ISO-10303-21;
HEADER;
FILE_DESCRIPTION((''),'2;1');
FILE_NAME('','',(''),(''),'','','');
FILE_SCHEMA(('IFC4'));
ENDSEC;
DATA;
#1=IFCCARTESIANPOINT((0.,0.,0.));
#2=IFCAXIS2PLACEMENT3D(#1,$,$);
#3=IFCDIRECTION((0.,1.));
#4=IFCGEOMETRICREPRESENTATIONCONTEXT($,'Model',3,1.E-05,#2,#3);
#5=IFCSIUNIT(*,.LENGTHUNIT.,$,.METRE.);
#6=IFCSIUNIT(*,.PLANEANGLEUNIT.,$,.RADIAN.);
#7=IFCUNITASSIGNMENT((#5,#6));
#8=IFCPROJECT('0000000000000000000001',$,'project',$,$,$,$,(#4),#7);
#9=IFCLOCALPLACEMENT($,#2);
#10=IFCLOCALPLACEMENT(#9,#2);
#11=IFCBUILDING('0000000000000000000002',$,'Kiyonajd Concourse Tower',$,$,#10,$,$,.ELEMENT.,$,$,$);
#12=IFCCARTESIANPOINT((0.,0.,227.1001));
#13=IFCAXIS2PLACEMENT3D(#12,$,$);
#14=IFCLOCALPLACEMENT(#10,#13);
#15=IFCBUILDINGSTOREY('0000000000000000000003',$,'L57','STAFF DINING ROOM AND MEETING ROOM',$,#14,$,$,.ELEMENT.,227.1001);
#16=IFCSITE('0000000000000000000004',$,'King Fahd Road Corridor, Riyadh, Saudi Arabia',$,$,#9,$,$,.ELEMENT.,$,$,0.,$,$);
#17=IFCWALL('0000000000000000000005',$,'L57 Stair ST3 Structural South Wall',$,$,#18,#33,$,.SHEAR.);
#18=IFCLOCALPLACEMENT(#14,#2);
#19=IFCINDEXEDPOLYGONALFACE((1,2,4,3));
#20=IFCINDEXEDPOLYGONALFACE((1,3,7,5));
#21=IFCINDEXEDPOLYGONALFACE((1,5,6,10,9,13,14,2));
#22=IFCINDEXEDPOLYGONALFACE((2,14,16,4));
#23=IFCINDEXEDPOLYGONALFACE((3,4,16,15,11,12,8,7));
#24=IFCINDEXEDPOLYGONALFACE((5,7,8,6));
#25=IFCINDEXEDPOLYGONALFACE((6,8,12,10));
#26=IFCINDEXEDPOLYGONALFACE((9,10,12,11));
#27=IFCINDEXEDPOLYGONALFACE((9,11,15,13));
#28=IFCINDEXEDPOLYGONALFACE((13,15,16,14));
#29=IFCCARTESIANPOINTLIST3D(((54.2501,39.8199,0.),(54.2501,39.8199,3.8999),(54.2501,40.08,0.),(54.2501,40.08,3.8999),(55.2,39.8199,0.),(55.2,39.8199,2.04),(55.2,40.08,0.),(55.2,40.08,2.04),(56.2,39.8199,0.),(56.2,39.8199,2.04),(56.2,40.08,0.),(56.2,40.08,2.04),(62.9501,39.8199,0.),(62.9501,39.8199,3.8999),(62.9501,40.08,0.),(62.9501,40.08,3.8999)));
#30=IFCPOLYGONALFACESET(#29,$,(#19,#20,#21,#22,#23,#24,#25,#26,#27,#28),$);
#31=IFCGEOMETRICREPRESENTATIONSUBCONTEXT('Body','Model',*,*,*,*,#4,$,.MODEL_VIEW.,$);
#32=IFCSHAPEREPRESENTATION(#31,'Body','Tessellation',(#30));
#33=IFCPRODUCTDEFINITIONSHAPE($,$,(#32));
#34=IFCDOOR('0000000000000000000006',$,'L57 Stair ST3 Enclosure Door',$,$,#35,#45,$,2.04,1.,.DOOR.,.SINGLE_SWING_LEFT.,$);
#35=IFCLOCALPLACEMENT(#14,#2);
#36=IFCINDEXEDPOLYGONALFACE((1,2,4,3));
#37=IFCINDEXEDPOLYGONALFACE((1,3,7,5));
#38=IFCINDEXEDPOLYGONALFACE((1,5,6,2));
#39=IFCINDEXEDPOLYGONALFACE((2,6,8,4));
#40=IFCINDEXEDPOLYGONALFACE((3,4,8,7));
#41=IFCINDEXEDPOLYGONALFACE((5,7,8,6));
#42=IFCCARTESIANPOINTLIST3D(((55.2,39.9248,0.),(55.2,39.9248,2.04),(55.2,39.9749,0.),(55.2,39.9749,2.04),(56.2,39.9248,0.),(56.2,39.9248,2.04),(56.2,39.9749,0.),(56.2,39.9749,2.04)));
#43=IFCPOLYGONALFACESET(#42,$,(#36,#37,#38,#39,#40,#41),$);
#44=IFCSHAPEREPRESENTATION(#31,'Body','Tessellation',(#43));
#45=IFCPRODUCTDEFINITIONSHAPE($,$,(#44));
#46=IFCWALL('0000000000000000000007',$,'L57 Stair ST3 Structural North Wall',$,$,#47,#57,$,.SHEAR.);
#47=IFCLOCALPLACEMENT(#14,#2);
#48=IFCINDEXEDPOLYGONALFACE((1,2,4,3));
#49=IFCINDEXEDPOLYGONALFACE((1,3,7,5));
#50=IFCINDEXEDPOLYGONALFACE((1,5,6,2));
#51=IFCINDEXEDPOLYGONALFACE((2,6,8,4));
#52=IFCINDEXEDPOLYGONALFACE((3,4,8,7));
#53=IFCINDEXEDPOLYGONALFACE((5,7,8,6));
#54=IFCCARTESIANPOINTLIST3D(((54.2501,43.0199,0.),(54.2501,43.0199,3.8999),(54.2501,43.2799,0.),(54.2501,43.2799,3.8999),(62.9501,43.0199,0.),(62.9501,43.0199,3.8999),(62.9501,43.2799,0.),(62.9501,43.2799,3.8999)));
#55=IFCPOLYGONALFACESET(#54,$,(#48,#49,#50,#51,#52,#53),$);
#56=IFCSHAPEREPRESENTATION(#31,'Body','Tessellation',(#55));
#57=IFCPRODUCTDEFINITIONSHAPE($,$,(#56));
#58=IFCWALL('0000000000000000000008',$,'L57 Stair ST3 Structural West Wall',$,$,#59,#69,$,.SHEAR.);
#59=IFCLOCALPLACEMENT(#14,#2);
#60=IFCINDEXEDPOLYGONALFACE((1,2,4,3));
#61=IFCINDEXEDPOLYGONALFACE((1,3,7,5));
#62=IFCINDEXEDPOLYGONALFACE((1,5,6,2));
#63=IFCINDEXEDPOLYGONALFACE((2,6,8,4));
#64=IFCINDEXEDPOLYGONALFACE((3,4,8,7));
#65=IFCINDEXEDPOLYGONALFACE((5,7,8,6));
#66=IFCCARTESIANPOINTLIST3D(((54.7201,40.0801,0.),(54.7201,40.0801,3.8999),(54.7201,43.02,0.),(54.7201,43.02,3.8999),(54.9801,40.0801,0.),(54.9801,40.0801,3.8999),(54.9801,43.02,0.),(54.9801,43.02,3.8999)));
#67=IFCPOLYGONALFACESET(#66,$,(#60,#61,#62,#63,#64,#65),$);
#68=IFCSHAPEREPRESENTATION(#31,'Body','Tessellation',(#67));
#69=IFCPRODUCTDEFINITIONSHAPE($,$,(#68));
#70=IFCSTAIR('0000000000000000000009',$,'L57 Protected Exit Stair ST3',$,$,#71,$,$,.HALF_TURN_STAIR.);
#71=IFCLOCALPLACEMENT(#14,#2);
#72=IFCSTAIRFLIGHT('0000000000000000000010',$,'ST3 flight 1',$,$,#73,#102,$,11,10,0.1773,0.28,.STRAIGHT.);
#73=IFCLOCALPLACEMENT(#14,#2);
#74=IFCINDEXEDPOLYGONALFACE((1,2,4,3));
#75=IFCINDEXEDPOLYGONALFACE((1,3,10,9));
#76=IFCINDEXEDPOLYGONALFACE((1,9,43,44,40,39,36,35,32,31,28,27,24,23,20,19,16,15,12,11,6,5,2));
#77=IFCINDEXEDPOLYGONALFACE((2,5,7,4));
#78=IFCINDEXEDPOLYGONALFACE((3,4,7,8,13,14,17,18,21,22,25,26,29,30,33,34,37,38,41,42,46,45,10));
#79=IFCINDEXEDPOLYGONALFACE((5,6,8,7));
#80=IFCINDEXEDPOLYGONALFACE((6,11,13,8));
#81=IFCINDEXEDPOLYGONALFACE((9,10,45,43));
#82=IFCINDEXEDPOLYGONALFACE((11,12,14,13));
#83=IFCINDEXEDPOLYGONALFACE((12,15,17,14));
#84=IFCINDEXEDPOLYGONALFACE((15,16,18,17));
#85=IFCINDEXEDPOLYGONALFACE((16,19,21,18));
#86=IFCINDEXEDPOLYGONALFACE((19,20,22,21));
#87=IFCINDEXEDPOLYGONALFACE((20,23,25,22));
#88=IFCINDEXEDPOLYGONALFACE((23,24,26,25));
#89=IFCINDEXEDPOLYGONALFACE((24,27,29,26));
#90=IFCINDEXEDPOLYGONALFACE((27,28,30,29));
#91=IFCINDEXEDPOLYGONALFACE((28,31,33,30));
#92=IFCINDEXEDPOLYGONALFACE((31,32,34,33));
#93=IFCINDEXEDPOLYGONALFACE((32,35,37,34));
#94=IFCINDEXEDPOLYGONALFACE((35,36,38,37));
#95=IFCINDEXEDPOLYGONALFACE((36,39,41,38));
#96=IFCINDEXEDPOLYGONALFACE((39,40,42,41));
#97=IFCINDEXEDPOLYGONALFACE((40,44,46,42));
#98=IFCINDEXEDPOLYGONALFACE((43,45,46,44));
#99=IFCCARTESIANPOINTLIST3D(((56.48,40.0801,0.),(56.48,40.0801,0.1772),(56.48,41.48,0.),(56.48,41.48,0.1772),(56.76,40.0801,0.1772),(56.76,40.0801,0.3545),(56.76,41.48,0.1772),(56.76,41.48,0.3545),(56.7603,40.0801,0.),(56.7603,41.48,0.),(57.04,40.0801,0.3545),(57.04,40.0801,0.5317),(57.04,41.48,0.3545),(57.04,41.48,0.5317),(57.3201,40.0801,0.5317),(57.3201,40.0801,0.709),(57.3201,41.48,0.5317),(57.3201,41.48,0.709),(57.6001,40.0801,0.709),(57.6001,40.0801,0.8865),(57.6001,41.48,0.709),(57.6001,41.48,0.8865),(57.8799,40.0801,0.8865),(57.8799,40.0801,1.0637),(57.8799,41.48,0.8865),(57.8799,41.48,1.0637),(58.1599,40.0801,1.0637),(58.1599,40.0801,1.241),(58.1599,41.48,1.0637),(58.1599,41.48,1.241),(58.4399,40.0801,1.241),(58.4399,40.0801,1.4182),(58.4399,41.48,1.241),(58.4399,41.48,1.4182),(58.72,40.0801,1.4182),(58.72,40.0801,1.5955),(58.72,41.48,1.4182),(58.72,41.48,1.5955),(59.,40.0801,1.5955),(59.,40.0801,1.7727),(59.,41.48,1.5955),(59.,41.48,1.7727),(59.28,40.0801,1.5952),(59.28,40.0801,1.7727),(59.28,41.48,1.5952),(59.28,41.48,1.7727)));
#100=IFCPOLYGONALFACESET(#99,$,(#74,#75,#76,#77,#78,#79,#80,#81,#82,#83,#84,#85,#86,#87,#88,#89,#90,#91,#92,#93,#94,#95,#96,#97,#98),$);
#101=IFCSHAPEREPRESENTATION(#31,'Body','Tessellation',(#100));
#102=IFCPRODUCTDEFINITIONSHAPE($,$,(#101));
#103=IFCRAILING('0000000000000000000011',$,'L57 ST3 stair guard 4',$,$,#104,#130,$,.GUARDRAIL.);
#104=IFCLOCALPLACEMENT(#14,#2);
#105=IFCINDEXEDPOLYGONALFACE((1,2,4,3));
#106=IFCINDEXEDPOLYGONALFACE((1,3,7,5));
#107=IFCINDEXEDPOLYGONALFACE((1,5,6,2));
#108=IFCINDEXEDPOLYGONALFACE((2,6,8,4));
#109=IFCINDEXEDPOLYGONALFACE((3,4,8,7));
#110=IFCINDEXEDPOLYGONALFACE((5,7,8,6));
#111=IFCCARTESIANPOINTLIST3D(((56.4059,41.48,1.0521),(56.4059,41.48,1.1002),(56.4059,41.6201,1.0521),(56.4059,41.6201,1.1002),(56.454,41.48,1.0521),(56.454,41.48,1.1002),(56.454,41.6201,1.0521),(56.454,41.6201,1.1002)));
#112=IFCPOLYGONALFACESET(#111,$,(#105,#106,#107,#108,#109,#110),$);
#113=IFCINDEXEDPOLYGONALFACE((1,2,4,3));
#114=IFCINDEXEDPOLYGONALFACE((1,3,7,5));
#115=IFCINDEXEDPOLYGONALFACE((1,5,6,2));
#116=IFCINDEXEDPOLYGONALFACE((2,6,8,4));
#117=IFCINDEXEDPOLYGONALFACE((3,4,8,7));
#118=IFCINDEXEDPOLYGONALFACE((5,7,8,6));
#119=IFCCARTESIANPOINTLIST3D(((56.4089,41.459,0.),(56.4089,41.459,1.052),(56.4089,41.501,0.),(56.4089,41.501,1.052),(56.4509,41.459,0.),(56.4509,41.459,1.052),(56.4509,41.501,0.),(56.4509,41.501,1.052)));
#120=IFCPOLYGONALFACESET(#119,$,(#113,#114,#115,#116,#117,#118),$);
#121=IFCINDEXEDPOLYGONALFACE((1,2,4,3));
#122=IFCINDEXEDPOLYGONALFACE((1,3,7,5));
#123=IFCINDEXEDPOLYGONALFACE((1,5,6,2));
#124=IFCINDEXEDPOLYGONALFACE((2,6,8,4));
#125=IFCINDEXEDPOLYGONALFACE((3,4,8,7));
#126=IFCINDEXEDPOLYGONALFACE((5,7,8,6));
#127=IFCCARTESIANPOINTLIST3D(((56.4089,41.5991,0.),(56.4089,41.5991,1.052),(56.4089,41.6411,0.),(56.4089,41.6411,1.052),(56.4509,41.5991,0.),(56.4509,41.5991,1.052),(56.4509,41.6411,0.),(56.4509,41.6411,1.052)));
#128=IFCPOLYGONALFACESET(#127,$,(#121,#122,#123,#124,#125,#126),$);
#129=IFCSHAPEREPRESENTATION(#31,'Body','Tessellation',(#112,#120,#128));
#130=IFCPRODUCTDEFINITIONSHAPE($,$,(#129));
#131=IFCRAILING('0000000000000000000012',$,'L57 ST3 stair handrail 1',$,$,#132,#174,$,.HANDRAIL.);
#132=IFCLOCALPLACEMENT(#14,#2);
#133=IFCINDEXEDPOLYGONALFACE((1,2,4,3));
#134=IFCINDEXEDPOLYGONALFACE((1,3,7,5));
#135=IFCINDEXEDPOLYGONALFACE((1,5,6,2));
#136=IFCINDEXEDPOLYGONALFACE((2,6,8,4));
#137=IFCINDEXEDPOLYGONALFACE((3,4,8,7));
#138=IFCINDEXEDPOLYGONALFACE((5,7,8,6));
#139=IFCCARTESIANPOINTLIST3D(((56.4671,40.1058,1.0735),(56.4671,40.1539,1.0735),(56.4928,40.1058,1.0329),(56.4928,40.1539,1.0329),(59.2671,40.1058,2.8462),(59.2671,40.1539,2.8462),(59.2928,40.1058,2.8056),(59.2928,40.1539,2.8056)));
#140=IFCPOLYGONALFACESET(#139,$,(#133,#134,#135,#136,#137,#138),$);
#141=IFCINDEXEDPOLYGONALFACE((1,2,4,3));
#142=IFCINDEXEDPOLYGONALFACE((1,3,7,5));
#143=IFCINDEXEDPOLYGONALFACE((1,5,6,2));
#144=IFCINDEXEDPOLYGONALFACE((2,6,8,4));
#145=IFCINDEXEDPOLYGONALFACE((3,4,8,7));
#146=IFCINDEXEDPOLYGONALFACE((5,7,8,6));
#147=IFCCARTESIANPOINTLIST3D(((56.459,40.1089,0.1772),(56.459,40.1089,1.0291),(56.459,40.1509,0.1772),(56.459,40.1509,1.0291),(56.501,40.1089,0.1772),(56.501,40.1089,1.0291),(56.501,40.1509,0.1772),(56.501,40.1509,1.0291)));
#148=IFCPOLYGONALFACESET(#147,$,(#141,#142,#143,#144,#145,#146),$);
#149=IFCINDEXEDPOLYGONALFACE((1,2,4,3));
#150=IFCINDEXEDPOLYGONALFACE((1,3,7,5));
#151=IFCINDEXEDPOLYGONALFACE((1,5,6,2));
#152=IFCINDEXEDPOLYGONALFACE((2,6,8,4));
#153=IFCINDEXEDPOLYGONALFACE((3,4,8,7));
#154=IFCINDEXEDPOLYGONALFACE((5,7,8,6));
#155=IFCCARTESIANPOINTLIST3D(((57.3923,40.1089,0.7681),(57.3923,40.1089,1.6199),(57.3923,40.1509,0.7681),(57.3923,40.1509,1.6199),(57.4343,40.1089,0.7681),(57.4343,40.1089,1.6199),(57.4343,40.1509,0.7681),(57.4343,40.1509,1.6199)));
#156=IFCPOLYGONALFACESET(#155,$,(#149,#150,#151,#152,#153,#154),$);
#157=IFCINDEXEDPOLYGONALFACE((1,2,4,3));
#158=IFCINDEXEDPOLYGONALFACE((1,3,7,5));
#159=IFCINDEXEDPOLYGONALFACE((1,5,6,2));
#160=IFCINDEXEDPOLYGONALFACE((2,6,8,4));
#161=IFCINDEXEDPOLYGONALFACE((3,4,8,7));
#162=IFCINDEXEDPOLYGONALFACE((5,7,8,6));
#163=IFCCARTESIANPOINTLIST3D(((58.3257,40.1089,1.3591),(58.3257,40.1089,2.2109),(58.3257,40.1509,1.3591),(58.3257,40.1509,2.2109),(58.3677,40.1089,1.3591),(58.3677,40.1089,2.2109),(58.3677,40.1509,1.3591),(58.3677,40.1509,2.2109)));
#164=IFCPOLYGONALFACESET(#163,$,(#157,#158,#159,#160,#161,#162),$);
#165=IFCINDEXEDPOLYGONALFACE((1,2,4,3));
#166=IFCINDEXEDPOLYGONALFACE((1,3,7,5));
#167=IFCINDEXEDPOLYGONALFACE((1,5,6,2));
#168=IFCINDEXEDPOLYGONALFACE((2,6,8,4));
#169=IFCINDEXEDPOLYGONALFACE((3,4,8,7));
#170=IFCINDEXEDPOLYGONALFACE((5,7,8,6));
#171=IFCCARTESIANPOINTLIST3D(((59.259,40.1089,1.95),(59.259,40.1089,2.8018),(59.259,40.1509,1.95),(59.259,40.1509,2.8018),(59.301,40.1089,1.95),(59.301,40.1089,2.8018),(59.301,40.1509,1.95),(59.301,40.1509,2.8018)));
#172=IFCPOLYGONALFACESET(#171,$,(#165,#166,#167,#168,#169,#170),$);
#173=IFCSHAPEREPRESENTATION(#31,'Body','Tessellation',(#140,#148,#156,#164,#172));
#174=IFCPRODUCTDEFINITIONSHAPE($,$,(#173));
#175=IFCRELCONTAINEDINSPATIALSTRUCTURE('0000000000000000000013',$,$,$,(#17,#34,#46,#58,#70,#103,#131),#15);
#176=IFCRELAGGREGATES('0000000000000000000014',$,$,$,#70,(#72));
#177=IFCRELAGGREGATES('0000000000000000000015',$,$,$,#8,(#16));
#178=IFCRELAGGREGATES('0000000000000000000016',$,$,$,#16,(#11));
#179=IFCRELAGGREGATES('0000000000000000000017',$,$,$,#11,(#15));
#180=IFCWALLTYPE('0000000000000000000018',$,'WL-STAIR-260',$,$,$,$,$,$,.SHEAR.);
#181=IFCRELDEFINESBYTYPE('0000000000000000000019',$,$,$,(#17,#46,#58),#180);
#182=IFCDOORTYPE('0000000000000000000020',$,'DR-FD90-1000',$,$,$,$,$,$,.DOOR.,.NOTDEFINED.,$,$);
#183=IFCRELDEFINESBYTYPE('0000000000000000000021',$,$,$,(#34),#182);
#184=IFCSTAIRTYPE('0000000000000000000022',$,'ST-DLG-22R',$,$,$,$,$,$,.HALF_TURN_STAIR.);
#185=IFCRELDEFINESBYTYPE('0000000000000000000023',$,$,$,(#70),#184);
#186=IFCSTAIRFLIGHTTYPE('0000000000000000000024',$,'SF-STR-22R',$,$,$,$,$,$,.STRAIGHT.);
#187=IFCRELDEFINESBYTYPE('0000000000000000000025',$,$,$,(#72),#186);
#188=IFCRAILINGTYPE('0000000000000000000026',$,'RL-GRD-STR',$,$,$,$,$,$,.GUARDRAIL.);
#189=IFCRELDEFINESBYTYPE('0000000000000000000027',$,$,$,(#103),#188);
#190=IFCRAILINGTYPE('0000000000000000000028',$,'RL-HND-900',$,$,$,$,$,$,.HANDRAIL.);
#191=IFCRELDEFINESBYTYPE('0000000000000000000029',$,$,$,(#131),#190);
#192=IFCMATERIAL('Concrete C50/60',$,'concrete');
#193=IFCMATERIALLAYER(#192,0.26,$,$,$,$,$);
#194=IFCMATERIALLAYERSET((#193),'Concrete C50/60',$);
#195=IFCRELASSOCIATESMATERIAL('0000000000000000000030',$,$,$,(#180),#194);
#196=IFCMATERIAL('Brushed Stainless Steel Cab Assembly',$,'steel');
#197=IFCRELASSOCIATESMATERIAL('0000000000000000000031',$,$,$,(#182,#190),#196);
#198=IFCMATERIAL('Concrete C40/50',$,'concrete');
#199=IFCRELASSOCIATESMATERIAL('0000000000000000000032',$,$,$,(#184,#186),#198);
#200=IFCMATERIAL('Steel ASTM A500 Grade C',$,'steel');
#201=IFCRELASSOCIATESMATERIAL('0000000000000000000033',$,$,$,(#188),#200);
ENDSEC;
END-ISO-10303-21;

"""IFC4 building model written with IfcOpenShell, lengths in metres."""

from ifc_helpers import new_model, si_unit, direction, frame, frame_2d, origin, origin_2d, place, context, subcontext, project, spatial, polyline, rectangle, outline, extrude, material, layer, layer_set, type_object, element, fill, aggregate, save


model = new_model("IFC4")

# Units and contexts
model_context = context("Model", 3, precision=1e-05, world=origin(), true_north=direction((0.0, 1.0)))
body_context = subcontext(model_context, "Body", "Model", "MODEL_VIEW")
ifc_project = project(units=[si_unit("LENGTHUNIT", "METRE"), si_unit("PLANEANGLEUNIT", "RADIAN")], contexts=[model_context])

# Site, building, storey
site_placement = place(None, origin())
site = spatial("IfcSite", under=ifc_project, at=site_placement, Name="King Fahd Road Corridor, Riyadh, Saudi Arabia", CompositionType="ELEMENT", RefElevation=0.0)
building_placement = place(site_placement, origin())
building = spatial("IfcBuilding", under=site, at=building_placement, Name="Kiyonajd Concourse Tower", CompositionType="ELEMENT")
storey_placement = place(building_placement, frame((0.0, 0.0, 227.1001)))
storey = spatial("IfcBuildingStorey", under=building, at=storey_placement, Name="L57", Description="STAFF DINING ROOM AND MEETING ROOM", CompositionType="ELEMENT", Elevation=227.1001)

# Shared definitions
ifc_material_1 = material(Name="Concrete C50/60", Category="concrete")

# Wall, opening, door
ifc_layer_1 = layer(ifc_material_1, 0.26)
ifc_layer_set_1 = layer_set([ifc_layer_1], Name="Concrete C50/60")
wall_type_1 = type_object("IfcWallType", Name="WL-STAIR-260", PredefinedType="SHEAR", material=ifc_layer_set_1)
wall_1_placement = place(storey_placement, frame((54.25, 39.95, 0.0), z_axis=(0.0, 0.0, 1.0), x_axis=(1.0, 0.0, 0.0)))
wall_1 = element("IfcWall", 1, at=wall_1_placement, inside=storey, type_object=wall_type_1, Name="L57 Stair ST3 Structural South Wall", PredefinedType="SHEAR", context=body_context, shape_type="SweptSolid", body=[
    extrude(rectangle(XDim=8.7, YDim=0.26, at=frame_2d((4.3501, 0.0))), origin(), (0.0, 0.0, 1.0), 3.8999),
])
opening_1_placement = place(wall_1_placement, frame((0.95, 0.0, 0.0)))
opening_1 = element("IfcOpeningElement", 2, at=opening_1_placement, cuts=wall_1, PredefinedType="OPENING", context=body_context, shape_type="SweptSolid", body=[
    extrude(rectangle(XDim=1.0, YDim=2.04, at=frame_2d((0.5, 1.02))), frame((0.0, 0.1399, 0.0), z_axis=(0.0, -1.0, 0.0), x_axis=(1.0, 0.0, 0.0)), (0.0, 0.0, 1.0), 0.28),
])
ifc_material_2 = material(Name="Brushed Stainless Steel Cab Assembly", Category="steel")
door_type_1 = type_object("IfcDoorType", Name="DR-FD90-1000", OperationType="NOTDEFINED", PredefinedType="DOOR", material=ifc_material_2)
door_1_placement = place(opening_1_placement, origin())
door_1 = element("IfcDoor", 3, at=door_1_placement, inside=storey, type_object=door_type_1, Name="L57 Stair ST3 Enclosure Door", OperationType="SINGLE_SWING_LEFT", OverallHeight=2.04, OverallWidth=1.0, PredefinedType="DOOR", context=body_context, shape_type="SweptSolid", body=[
    extrude(rectangle(XDim=1.0, YDim=2.04, at=frame_2d((0.5, 1.02))), frame((0.0, 0.0249, 0.0), z_axis=(0.0, -1.0, 0.0), x_axis=(1.0, 0.0, 0.0)), (0.0, 0.0, 1.0), 0.05),
])
fill(opening_1, door_1)

# Walls
wall_2_placement = place(storey_placement, frame((54.25, 43.1499, 0.0), z_axis=(0.0, 0.0, 1.0), x_axis=(1.0, 0.0, 0.0)))
element("IfcWall", 4, at=wall_2_placement, inside=storey, type_object=wall_type_1, Name="L57 Stair ST3 Structural North Wall", PredefinedType="SHEAR", context=body_context, shape_type="SweptSolid", body=[
    extrude(rectangle(XDim=8.7, YDim=0.26, at=frame_2d((4.3501, 0.0))), origin(), (0.0, 0.0, 1.0), 3.8999),
])
wall_3_placement = place(storey_placement, frame((54.8501, 40.0801, 0.0), z_axis=(0.0, 0.0, 1.0), x_axis=(0.0, 1.0, 0.0)))
element("IfcWall", 5, at=wall_3_placement, inside=storey, type_object=wall_type_1, Name="L57 Stair ST3 Structural West Wall", PredefinedType="SHEAR", context=body_context, shape_type="SweptSolid", body=[
    extrude(rectangle(XDim=2.9399, YDim=0.26, at=frame_2d((1.47, 0.0))), origin(), (0.0, 0.0, 1.0), 3.8999),
])

# Stair, stair flight
ifc_material_3 = material(Name="Concrete C40/50", Category="concrete")
stair_type = type_object("IfcStairType", Name="ST-DLG-22R", PredefinedType="HALF_TURN_STAIR", material=ifc_material_3)
stair_placement = place(storey_placement, origin())
stair = element("IfcStair", 6, at=stair_placement, inside=storey, type_object=stair_type, Name="L57 Protected Exit Stair ST3", PredefinedType="HALF_TURN_STAIR")
stair_flight_type = type_object("IfcStairFlightType", Name="SF-STR-22R", PredefinedType="STRAIGHT", material=ifc_material_3)
stair_flight_placement = place(storey_placement, frame((56.48, 40.78, 0.0), z_axis=(0.0, 0.0, 1.0), x_axis=(1.0, 0.0, 0.0)))
stair_flight = element("IfcStairFlight", 7, at=stair_flight_placement, type_object=stair_flight_type, Name="ST3 flight 1", NumberOfRisers=11, NumberOfTreads=10, PredefinedType="STRAIGHT", RiserHeight=0.1773, TreadLength=0.28, context=body_context, shape_type="SweptSolid", body=[
    extrude(outline(polyline([(0.0, 0.0), (0.0, 0.1772), (0.28, 0.1772), (0.28, 0.3545), (0.5601, 0.3545), (0.5601, 0.5317), (0.8401, 0.5317), (0.8401, 0.709), (1.1201, 0.709), (1.1201, 0.8865), (1.3999, 0.8865), (1.3999, 1.0637), (1.6799, 1.0637), (1.6799, 1.241), (1.96, 1.241), (1.96, 1.4182), (2.24, 1.4182), (2.24, 1.5955), (2.52, 1.5955), (2.52, 1.7727), (2.8, 1.7727), (2.8, 1.95), (2.8, 1.5952), (0.2803, 0.0), (0.0, 0.0)])), frame((0.0, 0.7, 0.0), z_axis=(0.0, -1.0, 0.0), x_axis=(1.0, 0.0, 0.0)), (0.0, 0.0, 1.0), 1.3999),
])
aggregate(stair, [stair_flight])

# Railings
ifc_material_4 = material(Name="Steel ASTM A500 Grade C", Category="steel")
railing_type_1 = type_object("IfcRailingType", Name="RL-GRD-STR", PredefinedType="GUARDRAIL", material=ifc_material_4)
railing_1_placement = place(storey_placement, frame((56.4299, 41.48, 0.0)))
element("IfcRailing", 8, at=railing_1_placement, inside=storey, type_object=railing_type_1, Name="L57 ST3 stair guard 4", PredefinedType="GUARDRAIL", context=body_context, shape_type="SweptSolid", body=[
    extrude(rectangle(XDim=0.0481, YDim=0.0481, at=origin_2d()), frame((0.0, 0.0, 1.0762), z_axis=(0.0, 1.0, 0.0), x_axis=(-1.0, 0.0, 0.0)), (0.0, 0.0, 1.0), 0.1401),
    extrude(rectangle(XDim=0.042, YDim=0.042, at=origin_2d()), origin(), (0.0, 0.0, 1.0), 1.052),
    extrude(rectangle(XDim=0.042, YDim=0.042, at=origin_2d()), frame((0.0, 0.1401, 0.0)), (0.0, 0.0, 1.0), 1.052),
])
railing_type_2 = type_object("IfcRailingType", Name="RL-HND-900", PredefinedType="HANDRAIL", material=ifc_material_2)
railing_2_placement = place(storey_placement, frame((56.48, 40.1299, 0.1772)))
element("IfcRailing", 9, at=railing_2_placement, inside=storey, type_object=railing_type_2, Name="L57 ST3 stair handrail 1", PredefinedType="HANDRAIL", context=body_context, shape_type="SweptSolid", body=[
    extrude(rectangle(XDim=0.0481, YDim=0.0481, at=origin_2d()), frame((0.0, 0.0, 0.876), z_axis=(0.844909, 0.0, 0.53491), x_axis=(0.0, 1.0, 0.0)), (0.0, 0.0, 1.0), 3.314),
    extrude(rectangle(XDim=0.042, YDim=0.042, at=origin_2d()), origin(), (0.0, 0.0, 1.0), 0.8518),
    extrude(rectangle(XDim=0.042, YDim=0.042, at=origin_2d()), frame((0.9333, 0.0, 0.5908)), (0.0, 0.0, 1.0), 0.8518),
    extrude(rectangle(XDim=0.042, YDim=0.042, at=origin_2d()), frame((1.8667, 0.0, 1.1819)), (0.0, 0.0, 1.0), 0.8518),
    extrude(rectangle(XDim=0.042, YDim=0.042, at=origin_2d()), frame((2.8, 0.0, 1.7727)), (0.0, 0.0, 1.0), 0.8518),
])

save(model, "model.ifc")
